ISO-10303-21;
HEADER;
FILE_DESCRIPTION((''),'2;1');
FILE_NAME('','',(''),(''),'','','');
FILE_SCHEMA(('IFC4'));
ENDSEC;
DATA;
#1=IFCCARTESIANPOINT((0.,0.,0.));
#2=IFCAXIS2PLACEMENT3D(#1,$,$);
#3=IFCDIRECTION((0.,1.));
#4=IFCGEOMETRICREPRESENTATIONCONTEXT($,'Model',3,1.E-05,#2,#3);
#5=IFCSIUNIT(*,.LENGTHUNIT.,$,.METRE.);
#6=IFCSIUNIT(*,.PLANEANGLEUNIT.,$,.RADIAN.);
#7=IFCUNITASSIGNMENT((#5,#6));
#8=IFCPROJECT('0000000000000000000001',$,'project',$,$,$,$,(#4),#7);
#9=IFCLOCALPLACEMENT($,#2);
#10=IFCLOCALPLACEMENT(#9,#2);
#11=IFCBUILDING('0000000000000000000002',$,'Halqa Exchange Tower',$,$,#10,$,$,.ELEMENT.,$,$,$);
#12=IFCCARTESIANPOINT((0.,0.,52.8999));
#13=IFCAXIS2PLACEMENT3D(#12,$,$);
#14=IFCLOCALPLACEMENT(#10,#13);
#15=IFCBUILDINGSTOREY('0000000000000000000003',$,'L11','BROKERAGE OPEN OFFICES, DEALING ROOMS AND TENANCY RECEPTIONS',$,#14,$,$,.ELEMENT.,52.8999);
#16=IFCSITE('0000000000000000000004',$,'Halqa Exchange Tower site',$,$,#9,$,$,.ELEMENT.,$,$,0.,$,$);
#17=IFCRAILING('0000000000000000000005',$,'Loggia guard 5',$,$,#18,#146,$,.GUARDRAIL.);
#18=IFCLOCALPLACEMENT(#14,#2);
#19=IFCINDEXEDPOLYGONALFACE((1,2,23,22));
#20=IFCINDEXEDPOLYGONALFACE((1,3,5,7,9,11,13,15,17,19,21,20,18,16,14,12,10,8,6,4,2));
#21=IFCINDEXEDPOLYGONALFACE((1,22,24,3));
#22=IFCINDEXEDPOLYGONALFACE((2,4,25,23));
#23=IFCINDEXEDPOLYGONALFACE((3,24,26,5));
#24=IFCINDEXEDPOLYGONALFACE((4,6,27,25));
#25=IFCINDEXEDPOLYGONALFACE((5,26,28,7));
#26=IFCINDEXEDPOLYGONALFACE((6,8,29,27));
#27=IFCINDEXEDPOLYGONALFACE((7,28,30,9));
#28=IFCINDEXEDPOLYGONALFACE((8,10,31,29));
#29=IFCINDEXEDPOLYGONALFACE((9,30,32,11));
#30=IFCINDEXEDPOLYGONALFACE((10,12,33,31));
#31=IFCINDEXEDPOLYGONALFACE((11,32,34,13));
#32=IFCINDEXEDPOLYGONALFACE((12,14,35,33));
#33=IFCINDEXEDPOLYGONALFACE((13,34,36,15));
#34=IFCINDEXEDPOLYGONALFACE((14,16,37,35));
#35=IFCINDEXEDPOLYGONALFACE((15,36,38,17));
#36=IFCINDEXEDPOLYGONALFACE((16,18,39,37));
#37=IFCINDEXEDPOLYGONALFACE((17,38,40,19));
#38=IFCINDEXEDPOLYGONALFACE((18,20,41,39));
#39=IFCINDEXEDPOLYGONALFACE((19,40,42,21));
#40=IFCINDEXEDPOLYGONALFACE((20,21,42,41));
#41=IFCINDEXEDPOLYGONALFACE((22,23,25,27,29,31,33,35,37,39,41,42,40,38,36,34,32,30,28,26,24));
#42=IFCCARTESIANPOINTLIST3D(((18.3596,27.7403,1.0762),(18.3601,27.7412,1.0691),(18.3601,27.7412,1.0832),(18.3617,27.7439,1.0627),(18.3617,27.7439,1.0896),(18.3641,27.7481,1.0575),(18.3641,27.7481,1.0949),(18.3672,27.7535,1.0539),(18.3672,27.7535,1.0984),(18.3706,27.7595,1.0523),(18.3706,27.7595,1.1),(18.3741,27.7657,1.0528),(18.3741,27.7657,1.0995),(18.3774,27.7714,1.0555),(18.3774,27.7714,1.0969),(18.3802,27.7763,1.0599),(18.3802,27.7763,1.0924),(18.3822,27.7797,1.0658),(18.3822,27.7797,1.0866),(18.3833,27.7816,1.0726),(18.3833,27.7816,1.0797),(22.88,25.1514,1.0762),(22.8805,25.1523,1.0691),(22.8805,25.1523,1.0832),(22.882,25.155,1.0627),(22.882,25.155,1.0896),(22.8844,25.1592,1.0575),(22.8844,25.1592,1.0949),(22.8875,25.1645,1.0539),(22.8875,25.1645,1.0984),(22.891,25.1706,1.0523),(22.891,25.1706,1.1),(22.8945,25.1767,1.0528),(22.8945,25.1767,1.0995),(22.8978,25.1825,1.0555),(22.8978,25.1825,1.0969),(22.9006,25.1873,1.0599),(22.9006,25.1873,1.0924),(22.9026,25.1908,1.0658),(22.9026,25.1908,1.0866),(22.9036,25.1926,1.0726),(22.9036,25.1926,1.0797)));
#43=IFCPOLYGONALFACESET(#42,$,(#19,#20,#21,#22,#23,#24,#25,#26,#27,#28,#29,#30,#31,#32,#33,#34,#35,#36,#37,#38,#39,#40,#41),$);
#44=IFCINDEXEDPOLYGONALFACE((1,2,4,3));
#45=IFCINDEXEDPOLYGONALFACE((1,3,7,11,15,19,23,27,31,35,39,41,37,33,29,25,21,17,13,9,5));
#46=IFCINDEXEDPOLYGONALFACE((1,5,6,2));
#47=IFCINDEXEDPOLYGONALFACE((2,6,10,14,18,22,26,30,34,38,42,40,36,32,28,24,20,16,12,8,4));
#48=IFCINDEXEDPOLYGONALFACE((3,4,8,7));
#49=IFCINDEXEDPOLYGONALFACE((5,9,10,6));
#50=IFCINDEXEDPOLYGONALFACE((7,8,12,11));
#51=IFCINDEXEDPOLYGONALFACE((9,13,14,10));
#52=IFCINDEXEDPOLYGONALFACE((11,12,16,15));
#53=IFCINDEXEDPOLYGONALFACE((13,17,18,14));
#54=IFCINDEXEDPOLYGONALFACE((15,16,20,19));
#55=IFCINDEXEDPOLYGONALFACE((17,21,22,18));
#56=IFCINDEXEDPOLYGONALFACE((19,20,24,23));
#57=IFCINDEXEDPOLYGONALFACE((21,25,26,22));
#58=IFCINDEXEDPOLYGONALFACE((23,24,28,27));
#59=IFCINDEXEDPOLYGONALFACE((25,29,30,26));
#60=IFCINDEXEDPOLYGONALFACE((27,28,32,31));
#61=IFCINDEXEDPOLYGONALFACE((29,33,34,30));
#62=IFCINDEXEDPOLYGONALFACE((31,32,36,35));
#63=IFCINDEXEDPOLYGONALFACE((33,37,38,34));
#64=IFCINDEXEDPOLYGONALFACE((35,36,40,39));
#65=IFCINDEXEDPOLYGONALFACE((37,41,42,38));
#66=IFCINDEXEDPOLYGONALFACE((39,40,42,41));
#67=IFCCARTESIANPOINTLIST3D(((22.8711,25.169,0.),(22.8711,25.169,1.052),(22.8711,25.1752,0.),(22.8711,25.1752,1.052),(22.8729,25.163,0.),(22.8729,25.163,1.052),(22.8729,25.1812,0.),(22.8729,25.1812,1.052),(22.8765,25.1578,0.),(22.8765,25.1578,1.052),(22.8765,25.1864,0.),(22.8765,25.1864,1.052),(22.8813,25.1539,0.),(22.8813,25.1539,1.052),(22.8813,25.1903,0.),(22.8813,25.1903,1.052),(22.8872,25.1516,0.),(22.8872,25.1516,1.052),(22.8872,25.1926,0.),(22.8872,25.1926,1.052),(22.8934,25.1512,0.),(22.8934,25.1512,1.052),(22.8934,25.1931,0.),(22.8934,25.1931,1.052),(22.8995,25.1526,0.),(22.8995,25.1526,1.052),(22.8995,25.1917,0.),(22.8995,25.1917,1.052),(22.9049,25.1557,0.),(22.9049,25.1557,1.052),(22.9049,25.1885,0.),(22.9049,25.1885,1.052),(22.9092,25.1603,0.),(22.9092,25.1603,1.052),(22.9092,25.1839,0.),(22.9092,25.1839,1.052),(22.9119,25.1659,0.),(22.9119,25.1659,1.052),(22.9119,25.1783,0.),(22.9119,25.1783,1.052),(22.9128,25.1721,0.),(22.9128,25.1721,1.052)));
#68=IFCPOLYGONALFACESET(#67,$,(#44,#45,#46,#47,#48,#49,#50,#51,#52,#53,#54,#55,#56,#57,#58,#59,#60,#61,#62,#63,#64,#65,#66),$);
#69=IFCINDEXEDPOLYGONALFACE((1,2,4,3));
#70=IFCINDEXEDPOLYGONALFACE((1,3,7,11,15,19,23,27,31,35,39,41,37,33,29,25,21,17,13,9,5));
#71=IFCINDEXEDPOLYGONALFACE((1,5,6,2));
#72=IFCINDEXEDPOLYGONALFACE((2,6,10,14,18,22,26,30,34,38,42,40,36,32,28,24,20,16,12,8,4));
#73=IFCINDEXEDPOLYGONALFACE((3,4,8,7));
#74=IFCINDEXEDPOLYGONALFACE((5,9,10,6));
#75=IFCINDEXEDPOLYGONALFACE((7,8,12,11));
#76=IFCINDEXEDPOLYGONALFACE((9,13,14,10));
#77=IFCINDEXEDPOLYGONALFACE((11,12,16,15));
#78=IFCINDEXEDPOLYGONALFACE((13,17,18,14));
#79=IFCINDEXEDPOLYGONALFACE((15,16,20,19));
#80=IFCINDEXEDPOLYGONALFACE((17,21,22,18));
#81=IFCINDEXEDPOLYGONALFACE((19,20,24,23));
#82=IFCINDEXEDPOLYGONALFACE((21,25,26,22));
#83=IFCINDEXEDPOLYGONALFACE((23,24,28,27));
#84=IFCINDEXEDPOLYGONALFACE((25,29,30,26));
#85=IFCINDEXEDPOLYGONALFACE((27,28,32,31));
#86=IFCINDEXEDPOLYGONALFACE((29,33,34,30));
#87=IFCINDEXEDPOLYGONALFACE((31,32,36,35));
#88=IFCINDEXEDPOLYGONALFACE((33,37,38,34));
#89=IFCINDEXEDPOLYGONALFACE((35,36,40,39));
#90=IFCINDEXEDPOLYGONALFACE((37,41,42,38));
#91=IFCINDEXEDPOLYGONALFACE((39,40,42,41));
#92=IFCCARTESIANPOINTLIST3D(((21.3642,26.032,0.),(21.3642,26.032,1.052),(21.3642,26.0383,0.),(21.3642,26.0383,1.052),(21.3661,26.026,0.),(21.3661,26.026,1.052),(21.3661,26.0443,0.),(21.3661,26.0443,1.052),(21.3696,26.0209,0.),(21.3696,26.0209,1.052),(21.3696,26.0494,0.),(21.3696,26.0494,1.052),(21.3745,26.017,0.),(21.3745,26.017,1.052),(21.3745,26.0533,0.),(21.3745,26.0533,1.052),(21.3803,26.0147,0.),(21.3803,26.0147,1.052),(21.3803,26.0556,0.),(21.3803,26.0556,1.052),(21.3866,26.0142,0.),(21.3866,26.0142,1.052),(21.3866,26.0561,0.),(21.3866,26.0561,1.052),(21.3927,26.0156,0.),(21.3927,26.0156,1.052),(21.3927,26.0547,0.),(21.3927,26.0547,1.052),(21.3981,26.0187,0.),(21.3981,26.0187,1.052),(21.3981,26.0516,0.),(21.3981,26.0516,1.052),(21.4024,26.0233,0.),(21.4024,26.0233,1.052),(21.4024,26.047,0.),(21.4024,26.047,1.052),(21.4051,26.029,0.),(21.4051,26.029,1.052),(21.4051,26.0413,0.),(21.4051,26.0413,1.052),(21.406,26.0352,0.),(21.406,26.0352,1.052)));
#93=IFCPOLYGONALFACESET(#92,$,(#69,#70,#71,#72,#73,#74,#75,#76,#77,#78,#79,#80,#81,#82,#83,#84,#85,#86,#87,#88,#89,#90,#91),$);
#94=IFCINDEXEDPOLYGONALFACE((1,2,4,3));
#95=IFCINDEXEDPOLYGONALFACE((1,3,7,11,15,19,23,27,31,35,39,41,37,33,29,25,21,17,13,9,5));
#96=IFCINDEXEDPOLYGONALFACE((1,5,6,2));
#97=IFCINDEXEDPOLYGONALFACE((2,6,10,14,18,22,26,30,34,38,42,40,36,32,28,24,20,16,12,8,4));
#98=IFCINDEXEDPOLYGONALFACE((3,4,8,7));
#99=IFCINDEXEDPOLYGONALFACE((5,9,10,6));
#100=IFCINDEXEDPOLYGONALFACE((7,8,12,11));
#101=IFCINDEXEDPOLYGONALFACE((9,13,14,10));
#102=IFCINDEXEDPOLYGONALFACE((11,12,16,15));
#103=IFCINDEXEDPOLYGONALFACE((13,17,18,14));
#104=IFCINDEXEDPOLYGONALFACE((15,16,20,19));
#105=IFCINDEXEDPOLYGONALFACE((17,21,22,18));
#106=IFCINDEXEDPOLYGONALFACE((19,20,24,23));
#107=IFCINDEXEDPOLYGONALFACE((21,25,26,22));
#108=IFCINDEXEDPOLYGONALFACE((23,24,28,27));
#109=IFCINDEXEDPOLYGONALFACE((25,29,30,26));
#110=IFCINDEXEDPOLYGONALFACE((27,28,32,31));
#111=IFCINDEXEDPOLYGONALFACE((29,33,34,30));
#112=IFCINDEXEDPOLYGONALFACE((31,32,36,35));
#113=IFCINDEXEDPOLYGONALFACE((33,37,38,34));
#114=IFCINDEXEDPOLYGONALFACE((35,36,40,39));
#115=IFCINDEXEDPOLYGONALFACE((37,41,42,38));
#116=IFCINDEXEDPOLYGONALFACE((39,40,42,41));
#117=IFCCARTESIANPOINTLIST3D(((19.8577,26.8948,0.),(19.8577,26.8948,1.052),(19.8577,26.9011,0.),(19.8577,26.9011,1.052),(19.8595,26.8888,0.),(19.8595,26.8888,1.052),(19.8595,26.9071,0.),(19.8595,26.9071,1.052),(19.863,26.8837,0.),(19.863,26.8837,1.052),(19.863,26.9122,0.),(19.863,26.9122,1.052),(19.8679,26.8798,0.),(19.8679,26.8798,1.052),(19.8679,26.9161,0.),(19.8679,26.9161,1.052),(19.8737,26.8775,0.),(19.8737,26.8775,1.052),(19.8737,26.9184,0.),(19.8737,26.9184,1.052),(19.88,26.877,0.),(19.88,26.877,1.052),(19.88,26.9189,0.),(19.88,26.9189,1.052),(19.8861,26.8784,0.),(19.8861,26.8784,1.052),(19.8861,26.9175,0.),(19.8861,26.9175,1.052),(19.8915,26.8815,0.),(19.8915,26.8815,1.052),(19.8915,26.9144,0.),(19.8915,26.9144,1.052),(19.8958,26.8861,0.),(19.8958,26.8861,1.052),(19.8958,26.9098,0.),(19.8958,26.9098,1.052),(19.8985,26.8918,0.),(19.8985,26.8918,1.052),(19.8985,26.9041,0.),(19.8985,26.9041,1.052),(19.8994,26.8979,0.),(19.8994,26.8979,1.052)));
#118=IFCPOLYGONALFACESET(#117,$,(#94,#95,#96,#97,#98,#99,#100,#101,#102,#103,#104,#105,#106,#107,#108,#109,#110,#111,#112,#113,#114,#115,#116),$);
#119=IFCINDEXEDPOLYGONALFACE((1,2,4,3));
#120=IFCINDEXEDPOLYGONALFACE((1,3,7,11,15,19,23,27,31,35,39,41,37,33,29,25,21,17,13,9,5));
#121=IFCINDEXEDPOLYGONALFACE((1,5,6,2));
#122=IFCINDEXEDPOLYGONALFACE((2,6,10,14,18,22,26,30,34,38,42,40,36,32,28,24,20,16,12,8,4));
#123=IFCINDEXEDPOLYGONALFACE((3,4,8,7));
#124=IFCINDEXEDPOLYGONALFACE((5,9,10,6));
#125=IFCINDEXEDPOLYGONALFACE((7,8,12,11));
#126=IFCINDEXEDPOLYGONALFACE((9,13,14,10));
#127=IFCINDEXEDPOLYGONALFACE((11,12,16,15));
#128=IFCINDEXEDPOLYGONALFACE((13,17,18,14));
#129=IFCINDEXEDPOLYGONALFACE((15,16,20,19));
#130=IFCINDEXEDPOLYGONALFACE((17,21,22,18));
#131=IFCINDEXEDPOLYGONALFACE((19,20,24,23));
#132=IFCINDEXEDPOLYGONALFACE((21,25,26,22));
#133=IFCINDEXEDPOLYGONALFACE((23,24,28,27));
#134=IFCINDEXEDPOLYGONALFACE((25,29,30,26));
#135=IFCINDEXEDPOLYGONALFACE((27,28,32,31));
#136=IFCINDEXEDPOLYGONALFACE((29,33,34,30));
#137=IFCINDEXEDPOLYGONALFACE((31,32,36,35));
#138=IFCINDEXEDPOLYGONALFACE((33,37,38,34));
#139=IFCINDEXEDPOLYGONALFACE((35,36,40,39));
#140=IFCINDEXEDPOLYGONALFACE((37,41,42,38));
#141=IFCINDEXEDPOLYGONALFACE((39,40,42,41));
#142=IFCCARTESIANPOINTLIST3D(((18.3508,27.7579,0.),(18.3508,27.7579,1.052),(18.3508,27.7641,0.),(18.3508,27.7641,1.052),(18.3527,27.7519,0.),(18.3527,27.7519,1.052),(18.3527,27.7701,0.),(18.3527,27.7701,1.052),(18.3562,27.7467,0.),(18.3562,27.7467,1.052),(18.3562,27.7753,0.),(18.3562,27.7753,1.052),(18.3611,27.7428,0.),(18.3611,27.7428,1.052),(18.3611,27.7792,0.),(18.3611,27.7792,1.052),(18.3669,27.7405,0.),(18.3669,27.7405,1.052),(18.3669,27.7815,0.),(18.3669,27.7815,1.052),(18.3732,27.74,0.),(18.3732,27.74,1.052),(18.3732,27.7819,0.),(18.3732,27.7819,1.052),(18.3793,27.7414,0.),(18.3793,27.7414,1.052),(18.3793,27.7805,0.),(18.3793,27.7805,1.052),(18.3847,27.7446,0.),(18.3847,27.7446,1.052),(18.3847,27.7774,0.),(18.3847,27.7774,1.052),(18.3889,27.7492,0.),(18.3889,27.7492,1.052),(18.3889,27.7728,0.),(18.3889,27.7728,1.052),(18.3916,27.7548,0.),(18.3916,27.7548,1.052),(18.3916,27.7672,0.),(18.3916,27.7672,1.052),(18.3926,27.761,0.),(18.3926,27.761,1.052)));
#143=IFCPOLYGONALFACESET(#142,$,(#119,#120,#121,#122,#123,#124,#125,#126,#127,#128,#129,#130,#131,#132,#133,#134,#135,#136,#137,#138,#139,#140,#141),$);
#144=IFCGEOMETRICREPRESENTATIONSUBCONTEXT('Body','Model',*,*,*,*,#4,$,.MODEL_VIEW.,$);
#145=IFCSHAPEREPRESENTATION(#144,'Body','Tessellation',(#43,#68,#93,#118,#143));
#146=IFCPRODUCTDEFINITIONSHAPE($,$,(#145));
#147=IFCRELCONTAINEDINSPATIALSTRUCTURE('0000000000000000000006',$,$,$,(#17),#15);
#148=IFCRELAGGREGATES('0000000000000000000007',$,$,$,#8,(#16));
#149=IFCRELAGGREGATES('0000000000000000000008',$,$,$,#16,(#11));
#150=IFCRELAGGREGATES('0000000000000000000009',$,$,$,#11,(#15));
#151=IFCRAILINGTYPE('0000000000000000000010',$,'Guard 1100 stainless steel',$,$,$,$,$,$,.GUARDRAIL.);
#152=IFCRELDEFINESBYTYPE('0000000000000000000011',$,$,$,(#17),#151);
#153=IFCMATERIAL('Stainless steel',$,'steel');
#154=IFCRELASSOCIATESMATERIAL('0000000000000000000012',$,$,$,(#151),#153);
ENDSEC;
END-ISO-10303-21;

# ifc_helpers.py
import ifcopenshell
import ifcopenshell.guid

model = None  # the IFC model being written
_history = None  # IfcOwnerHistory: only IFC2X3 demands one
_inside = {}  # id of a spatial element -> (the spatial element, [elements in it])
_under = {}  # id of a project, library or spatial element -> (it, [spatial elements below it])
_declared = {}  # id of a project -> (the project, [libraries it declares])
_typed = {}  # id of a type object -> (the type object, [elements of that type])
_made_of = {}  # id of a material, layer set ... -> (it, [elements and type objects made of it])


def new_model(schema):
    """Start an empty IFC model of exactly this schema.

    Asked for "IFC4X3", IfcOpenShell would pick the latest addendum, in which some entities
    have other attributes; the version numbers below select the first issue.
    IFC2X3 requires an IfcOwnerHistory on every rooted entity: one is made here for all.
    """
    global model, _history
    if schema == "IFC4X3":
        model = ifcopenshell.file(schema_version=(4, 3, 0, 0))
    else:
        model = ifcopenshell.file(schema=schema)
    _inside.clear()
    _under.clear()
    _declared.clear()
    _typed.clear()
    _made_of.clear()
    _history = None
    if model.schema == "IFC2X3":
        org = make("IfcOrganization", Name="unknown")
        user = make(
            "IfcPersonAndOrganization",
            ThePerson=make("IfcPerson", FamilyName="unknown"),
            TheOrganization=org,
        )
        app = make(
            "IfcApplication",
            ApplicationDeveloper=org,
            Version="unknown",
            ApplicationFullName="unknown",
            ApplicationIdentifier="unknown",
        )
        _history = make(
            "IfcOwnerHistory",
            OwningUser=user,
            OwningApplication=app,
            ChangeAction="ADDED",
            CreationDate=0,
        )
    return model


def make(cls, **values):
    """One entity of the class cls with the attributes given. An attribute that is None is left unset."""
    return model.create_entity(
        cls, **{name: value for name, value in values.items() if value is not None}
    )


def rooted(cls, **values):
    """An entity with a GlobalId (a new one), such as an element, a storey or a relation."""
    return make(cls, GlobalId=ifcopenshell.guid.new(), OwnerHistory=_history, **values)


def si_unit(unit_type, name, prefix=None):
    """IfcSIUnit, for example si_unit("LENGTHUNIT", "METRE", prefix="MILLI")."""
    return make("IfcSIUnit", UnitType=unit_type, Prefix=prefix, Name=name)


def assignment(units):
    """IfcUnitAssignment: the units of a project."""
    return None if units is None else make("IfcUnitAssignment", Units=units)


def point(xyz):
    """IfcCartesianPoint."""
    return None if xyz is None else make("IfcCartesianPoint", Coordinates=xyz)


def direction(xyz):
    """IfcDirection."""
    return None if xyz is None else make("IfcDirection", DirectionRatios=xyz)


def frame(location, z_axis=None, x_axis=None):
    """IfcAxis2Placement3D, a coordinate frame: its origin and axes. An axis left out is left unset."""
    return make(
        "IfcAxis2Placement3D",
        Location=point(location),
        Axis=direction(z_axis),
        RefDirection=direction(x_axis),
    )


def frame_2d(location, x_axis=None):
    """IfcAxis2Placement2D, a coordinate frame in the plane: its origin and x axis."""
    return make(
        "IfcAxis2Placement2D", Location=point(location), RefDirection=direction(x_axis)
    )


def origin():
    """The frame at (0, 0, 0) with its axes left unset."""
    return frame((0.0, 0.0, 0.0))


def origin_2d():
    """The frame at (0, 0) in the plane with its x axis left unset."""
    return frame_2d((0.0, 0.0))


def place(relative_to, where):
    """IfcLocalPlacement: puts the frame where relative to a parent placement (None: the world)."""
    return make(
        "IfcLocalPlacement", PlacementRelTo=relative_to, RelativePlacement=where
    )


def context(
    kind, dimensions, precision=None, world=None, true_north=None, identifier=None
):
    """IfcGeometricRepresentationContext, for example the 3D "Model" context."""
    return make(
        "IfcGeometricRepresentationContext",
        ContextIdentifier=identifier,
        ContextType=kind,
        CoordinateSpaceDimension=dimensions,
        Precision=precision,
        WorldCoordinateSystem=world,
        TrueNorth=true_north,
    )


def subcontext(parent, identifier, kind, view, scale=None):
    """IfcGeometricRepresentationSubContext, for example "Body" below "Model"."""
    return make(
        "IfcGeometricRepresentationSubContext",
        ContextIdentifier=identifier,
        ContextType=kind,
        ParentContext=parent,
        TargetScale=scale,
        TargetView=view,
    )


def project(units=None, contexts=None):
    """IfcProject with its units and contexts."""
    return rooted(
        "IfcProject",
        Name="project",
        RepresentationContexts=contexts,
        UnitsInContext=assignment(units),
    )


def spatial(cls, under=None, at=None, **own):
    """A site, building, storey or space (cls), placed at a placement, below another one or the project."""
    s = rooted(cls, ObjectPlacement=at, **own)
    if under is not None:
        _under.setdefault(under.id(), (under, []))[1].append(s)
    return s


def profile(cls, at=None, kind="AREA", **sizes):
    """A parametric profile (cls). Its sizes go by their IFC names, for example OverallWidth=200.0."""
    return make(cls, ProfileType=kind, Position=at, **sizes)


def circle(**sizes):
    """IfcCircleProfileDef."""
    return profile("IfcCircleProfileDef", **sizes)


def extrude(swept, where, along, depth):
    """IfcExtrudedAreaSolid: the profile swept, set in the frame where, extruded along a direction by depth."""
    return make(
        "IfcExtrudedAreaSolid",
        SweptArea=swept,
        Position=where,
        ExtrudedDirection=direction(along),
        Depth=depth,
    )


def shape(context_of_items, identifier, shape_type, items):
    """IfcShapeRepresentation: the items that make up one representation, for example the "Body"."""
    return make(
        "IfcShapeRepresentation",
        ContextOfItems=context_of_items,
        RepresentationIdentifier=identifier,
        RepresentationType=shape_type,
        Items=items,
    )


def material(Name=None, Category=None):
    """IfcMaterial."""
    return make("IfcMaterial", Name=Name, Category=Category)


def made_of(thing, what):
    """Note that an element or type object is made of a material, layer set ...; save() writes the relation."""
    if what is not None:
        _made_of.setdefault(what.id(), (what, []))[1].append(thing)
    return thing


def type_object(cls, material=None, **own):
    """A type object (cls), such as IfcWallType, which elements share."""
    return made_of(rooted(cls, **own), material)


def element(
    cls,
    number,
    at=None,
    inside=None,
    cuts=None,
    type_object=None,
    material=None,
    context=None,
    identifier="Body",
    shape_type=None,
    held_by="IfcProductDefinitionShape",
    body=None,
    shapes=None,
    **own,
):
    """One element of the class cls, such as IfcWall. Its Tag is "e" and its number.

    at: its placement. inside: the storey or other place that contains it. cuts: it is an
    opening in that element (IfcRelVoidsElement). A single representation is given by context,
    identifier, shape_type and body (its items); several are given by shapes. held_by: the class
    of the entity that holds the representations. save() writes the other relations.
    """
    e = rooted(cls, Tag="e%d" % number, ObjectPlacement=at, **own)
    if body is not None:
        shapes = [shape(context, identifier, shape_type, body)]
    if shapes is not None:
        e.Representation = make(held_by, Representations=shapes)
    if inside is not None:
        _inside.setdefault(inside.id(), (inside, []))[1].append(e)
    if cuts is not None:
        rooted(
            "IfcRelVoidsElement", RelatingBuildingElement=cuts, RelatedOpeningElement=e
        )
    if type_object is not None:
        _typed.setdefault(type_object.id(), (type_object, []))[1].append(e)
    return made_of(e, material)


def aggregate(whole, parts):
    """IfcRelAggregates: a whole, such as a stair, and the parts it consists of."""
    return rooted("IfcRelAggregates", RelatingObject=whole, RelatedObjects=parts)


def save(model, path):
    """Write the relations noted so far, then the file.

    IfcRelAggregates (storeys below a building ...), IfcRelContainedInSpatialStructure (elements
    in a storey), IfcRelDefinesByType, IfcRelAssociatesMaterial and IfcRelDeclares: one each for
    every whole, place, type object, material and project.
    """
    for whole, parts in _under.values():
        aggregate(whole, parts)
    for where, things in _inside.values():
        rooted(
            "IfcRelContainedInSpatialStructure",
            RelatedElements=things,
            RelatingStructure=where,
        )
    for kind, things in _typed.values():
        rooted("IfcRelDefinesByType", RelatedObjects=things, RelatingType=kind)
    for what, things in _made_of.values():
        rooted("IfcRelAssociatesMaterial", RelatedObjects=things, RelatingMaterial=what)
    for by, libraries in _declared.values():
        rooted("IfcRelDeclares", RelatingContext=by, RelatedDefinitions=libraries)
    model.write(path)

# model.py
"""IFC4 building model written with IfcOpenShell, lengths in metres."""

from ifc_helpers import new_model, si_unit, direction, frame, origin, origin_2d, place, context, subcontext, project, spatial, circle, extrude, material, type_object, element, save


model = new_model("IFC4")

# Units and contexts
model_context = context("Model", 3, precision=1e-05, world=origin(), true_north=direction((0.0, 1.0)))
body_context = subcontext(model_context, "Body", "Model", "MODEL_VIEW")
ifc_project = project(units=[si_unit("LENGTHUNIT", "METRE"), si_unit("PLANEANGLEUNIT", "RADIAN")], contexts=[model_context])

# Site, building, storey
site_placement = place(None, origin())
site = spatial("IfcSite", under=ifc_project, at=site_placement, Name="Halqa Exchange Tower site", CompositionType="ELEMENT", RefElevation=0.0)
building_placement = place(site_placement, origin())
building = spatial("IfcBuilding", under=site, at=building_placement, Name="Halqa Exchange Tower", CompositionType="ELEMENT")
storey_placement = place(building_placement, frame((0.0, 0.0, 52.8999)))
storey = spatial("IfcBuildingStorey", under=building, at=storey_placement, Name="L11", Description="BROKERAGE OPEN OFFICES, DEALING ROOMS AND TENANCY RECEPTIONS", CompositionType="ELEMENT", Elevation=52.8999)

# Railing
ifc_material_1 = material(Name="Stainless steel", Category="steel")
railing_type = type_object("IfcRailingType", Name="Guard 1100 stainless steel", PredefinedType="GUARDRAIL", material=ifc_material_1)
railing_1_placement = place(storey_placement, frame((22.8918, 25.1721, 0.0)))
element("IfcRailing", 1, at=railing_1_placement, inside=storey, type_object=railing_type, Name="Loggia guard 5", PredefinedType="GUARDRAIL", context=body_context, shape_type="SweptSolid", body=[
    extrude(circle(Radius=0.0239, at=origin_2d()), frame((0.0, 0.0, 1.0762), z_axis=(-0.867758, 0.496987, 0.0), x_axis=(-0.496987, -0.867758, 0.0)), (0.0, 0.0, 1.0), 5.2092),
    extrude(circle(Radius=0.021, at=origin_2d()), origin(), (0.0, 0.0, 1.0), 1.052),
    extrude(circle(Radius=0.021, at=origin_2d()), frame((-1.5068, 0.863, 0.0)), (0.0, 0.0, 1.0), 1.052),
    extrude(circle(Radius=0.021, at=origin_2d()), frame((-3.0134, 1.7258, 0.0)), (0.0, 0.0, 1.0), 1.052),
    extrude(circle(Radius=0.021, at=origin_2d()), frame((-4.5203, 2.5889, 0.0)), (0.0, 0.0, 1.0), 1.052),
])

save(model, "model.ifc")
